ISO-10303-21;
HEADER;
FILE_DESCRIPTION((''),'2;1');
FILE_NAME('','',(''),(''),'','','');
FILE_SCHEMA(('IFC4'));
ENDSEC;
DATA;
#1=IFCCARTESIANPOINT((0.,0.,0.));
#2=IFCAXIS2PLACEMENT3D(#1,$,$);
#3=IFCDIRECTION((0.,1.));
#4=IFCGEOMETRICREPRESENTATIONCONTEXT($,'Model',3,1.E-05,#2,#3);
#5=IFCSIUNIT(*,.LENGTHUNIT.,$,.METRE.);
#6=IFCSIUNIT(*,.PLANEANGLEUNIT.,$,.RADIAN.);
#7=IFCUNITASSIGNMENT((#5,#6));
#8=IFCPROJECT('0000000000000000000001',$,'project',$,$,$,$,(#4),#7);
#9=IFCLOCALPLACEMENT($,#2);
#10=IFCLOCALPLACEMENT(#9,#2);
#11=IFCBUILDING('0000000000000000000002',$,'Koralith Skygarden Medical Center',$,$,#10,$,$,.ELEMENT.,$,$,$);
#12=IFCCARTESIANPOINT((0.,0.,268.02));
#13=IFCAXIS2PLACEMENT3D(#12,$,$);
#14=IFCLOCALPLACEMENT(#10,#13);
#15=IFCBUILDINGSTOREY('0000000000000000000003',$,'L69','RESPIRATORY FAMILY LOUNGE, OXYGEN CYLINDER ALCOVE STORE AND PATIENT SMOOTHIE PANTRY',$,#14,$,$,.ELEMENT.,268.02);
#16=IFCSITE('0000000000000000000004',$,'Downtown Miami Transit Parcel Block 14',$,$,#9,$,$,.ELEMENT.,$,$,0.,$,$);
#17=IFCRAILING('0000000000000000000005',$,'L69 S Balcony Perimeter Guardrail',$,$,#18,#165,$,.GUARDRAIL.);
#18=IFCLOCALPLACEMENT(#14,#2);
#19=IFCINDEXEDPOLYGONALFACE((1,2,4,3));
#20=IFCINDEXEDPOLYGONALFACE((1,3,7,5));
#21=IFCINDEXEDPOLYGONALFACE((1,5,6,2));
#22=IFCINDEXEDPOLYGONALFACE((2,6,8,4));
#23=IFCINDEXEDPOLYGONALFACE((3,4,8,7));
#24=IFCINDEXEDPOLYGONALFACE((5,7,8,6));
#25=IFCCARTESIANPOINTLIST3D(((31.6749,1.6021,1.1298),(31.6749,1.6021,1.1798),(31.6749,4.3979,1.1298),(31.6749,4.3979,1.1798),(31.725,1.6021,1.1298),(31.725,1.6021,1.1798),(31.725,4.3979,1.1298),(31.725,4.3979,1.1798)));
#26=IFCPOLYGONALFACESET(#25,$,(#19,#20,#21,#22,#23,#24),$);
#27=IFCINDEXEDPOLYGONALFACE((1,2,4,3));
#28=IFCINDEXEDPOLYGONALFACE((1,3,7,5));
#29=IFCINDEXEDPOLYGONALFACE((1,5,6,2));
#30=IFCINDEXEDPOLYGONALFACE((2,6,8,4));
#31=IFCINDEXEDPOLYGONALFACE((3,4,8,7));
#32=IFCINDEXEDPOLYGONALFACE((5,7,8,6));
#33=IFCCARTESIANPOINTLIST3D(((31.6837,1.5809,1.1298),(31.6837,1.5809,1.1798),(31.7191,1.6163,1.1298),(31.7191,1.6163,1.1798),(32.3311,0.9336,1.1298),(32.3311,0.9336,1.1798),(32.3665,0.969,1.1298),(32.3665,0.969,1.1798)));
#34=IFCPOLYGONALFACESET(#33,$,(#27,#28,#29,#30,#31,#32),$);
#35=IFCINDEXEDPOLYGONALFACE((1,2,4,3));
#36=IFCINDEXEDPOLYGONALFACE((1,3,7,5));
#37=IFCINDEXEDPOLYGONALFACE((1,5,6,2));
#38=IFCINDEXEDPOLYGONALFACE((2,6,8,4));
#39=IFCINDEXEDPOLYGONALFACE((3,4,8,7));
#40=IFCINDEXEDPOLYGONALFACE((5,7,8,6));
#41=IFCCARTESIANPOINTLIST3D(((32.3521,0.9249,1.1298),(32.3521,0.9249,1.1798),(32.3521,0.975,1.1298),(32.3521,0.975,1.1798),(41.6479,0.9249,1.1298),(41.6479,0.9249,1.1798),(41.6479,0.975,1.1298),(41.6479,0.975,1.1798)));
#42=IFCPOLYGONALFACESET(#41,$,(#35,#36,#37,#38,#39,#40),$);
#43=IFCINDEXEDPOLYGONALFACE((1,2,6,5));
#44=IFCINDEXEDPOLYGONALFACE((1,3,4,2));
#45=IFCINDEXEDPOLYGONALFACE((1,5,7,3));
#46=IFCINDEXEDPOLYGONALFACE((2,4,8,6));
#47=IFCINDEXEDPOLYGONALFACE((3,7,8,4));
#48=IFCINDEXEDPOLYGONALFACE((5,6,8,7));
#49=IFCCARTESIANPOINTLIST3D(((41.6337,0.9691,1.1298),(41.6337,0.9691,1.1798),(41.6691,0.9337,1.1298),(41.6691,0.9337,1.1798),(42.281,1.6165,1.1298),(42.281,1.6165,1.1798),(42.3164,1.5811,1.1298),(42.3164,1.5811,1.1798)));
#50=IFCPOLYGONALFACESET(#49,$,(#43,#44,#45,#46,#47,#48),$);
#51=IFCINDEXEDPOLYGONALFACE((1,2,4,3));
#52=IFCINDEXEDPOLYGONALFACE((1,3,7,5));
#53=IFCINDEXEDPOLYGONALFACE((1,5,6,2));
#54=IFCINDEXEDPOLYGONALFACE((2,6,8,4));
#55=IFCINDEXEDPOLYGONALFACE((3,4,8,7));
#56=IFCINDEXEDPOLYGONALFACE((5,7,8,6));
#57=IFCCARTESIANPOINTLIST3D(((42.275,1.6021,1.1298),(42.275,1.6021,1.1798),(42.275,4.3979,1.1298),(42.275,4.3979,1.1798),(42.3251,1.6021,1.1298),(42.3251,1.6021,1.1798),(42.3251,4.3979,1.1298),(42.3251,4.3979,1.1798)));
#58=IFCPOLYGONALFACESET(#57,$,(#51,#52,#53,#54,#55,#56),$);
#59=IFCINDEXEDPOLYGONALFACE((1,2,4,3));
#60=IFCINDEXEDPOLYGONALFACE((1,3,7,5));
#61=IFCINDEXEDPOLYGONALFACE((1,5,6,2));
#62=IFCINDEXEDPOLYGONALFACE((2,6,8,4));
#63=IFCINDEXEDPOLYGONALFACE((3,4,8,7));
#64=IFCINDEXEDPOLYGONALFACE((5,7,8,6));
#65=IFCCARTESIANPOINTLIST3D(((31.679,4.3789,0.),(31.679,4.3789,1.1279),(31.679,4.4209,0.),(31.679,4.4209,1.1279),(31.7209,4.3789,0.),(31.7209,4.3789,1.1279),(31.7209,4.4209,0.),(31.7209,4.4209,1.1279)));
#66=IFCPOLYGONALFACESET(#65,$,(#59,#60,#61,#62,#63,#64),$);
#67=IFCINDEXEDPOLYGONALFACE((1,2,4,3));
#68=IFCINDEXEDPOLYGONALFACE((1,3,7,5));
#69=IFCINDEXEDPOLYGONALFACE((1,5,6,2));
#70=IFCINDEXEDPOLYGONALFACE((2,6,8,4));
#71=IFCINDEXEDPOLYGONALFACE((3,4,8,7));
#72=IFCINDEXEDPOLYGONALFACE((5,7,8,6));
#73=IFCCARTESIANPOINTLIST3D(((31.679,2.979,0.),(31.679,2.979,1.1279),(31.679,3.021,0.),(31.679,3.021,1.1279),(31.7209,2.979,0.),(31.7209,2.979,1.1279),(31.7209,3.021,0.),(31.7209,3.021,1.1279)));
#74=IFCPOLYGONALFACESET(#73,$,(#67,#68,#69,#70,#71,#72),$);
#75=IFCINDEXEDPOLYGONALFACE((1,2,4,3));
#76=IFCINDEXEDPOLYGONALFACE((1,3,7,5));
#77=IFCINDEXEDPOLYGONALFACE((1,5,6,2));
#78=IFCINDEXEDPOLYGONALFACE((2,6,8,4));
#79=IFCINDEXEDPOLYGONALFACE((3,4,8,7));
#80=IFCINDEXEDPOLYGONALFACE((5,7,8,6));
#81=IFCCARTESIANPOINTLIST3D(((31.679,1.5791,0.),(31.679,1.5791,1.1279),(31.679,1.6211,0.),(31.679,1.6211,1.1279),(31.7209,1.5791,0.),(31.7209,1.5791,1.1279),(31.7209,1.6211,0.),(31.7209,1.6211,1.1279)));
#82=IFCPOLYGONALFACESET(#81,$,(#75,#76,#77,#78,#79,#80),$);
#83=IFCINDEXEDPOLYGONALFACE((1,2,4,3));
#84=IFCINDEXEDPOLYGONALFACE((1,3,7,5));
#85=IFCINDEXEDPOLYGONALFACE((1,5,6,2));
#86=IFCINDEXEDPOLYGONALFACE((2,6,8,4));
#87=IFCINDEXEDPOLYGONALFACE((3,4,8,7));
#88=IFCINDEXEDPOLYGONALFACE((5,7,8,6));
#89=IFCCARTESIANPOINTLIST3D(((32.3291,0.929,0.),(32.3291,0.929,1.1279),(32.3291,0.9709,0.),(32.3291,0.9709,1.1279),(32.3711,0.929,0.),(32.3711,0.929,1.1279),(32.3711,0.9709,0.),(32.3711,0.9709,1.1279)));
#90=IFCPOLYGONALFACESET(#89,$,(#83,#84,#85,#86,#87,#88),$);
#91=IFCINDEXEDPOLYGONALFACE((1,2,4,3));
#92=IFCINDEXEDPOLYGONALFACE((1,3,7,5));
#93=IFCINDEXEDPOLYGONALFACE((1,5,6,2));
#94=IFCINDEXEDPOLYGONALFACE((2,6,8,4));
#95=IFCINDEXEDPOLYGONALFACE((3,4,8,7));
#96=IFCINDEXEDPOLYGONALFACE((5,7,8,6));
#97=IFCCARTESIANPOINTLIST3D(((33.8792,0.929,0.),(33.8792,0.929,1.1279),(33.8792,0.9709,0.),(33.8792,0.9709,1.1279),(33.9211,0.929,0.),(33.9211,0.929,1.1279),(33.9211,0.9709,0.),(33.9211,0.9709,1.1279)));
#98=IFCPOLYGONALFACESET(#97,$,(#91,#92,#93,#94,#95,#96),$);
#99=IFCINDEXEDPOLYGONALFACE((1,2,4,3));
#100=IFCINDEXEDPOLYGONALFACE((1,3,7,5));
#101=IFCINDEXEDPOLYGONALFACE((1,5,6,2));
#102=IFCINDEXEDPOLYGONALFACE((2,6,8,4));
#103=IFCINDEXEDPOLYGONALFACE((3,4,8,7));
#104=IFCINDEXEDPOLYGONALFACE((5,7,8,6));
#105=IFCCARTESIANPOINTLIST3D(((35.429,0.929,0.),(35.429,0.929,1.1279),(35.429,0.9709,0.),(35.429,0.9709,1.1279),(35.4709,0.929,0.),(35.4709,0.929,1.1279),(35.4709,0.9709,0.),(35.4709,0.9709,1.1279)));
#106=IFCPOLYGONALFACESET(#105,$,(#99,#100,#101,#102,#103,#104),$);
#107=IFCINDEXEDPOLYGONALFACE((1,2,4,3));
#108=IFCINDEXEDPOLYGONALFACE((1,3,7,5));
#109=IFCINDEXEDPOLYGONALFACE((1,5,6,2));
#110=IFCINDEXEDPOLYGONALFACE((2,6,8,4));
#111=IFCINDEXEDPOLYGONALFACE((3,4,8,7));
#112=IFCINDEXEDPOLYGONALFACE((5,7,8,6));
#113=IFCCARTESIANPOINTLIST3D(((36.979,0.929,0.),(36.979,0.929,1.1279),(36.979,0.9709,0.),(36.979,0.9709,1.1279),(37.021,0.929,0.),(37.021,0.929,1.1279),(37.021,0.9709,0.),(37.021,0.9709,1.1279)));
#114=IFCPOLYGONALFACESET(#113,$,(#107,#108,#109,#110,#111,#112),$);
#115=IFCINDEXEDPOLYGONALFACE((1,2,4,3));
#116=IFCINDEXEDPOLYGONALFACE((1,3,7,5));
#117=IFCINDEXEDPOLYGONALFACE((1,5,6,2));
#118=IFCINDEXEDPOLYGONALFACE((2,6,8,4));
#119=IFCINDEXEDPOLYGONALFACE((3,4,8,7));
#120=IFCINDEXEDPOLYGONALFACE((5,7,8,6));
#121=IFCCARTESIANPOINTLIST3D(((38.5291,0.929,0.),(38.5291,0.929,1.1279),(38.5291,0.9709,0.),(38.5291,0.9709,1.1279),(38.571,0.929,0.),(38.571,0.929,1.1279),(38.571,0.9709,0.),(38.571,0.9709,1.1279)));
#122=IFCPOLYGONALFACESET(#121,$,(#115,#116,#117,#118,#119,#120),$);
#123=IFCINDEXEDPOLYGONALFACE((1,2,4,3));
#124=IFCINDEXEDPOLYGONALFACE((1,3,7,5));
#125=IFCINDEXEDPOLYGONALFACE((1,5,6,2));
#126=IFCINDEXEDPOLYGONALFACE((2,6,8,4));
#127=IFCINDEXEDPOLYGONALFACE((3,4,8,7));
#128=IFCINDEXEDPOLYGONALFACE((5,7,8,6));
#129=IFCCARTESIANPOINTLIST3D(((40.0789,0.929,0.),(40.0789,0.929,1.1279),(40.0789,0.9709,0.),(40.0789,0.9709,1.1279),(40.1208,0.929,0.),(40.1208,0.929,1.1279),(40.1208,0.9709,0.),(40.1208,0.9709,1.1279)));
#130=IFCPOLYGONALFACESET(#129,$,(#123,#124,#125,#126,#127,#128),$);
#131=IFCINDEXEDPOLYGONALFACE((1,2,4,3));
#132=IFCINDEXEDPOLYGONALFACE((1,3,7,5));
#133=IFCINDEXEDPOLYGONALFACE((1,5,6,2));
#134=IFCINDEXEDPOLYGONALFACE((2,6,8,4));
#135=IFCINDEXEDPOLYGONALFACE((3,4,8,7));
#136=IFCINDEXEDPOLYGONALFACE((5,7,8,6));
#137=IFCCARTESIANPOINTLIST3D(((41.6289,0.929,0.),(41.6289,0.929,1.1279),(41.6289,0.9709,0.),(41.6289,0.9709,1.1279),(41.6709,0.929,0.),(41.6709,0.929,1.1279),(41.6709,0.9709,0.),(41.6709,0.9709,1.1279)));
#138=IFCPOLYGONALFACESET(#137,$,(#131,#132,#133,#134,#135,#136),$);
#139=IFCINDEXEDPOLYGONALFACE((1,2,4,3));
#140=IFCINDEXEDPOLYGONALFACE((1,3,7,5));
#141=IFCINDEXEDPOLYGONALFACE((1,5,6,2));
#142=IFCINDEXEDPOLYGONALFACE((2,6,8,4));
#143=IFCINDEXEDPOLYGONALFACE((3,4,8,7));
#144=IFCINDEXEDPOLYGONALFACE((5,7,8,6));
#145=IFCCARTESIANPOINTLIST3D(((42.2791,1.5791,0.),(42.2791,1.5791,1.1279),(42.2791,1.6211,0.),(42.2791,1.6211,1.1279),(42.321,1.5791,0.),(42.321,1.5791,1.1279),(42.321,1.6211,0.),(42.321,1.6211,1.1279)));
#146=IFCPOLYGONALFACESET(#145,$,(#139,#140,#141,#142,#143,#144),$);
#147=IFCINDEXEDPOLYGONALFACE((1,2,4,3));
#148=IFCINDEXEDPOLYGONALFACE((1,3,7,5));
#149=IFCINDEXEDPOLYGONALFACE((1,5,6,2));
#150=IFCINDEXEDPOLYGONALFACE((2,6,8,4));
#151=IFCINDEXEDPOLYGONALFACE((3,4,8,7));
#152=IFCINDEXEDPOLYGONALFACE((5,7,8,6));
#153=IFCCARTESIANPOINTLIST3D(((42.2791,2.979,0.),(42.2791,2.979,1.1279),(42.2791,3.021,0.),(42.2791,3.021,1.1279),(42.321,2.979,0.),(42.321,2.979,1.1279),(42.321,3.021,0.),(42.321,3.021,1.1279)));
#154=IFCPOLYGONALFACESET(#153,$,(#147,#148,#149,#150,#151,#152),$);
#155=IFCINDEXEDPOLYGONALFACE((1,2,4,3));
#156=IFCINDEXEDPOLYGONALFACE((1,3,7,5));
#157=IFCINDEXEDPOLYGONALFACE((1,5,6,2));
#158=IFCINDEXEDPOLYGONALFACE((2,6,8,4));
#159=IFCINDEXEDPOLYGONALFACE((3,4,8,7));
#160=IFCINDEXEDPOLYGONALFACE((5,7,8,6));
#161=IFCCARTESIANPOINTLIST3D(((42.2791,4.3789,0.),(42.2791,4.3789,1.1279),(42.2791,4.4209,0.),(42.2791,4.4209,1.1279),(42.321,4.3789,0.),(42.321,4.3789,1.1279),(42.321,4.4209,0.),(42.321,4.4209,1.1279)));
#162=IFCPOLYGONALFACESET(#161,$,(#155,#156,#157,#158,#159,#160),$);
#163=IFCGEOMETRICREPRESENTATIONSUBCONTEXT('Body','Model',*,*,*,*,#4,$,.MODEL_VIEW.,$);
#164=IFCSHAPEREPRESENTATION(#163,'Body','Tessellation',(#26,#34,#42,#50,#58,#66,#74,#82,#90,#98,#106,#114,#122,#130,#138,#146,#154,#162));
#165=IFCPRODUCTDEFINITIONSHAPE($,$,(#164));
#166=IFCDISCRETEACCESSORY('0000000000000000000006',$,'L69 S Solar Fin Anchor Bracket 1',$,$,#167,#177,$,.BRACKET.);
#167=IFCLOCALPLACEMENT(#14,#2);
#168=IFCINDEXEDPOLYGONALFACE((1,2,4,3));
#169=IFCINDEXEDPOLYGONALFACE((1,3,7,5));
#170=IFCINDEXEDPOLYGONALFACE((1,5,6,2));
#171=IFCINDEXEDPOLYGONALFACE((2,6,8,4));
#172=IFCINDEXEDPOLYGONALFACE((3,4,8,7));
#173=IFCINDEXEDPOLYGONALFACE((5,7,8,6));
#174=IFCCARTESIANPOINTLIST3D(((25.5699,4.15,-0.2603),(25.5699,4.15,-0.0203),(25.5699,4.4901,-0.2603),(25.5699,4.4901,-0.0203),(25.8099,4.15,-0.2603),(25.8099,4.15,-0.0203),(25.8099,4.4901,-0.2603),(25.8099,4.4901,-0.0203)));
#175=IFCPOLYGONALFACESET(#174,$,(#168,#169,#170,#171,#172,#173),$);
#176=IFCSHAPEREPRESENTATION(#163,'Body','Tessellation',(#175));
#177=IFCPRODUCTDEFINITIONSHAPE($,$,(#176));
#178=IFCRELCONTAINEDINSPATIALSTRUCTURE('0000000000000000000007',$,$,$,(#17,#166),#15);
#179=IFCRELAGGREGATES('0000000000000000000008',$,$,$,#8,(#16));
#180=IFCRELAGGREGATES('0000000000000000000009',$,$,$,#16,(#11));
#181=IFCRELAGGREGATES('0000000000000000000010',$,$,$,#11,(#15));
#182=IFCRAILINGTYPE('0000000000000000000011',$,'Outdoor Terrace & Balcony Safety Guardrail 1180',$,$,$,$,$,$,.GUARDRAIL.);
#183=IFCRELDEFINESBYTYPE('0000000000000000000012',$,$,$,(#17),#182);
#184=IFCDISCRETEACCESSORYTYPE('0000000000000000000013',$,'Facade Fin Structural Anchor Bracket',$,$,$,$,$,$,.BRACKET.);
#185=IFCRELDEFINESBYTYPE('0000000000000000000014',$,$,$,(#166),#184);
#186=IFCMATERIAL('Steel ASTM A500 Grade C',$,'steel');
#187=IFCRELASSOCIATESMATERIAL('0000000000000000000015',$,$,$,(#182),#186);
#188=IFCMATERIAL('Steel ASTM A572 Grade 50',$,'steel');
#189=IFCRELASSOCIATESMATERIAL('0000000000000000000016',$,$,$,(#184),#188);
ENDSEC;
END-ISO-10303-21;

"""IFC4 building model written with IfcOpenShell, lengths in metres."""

from ifc_helpers import new_model, si_unit, direction, frame, origin, origin_2d, place, context, subcontext, project, spatial, rectangle, extrude, material, type_object, element, save


model = new_model("IFC4")

# Units and contexts
model_context = context("Model", 3, precision=1e-05, world=origin(), true_north=direction((0.0, 1.0)))
body_context = subcontext(model_context, "Body", "Model", "MODEL_VIEW")
ifc_project = project(units=[si_unit("LENGTHUNIT", "METRE"), si_unit("PLANEANGLEUNIT", "RADIAN")], contexts=[model_context])

# Site, building, storey
site_placement = place(None, origin())
site = spatial("IfcSite", under=ifc_project, at=site_placement, Name="Downtown Miami Transit Parcel Block 14", CompositionType="ELEMENT", RefElevation=0.0)
building_placement = place(site_placement, origin())
building = spatial("IfcBuilding", under=site, at=building_placement, Name="Koralith Skygarden Medical Center", CompositionType="ELEMENT")
storey_placement = place(building_placement, frame((0.0, 0.0, 268.02)))
storey = spatial("IfcBuildingStorey", under=building, at=storey_placement, Name="L69", Description="RESPIRATORY FAMILY LOUNGE, OXYGEN CYLINDER ALCOVE STORE AND PATIENT SMOOTHIE PANTRY", CompositionType="ELEMENT", Elevation=268.02)

# Railing
ifc_material_1 = material(Name="Steel ASTM A500 Grade C", Category="steel")
railing_type = type_object("IfcRailingType", Name="Outdoor Terrace & Balcony Safety Guardrail 1180", PredefinedType="GUARDRAIL", material=ifc_material_1)
railing_placement = place(storey_placement, frame((31.7, 4.3999, 0.0)))
element("IfcRailing", 1, at=railing_placement, inside=storey, type_object=railing_type, Name="L69 S Balcony Perimeter Guardrail", PredefinedType="GUARDRAIL", context=body_context, shape_type="SweptSolid", body=[
    extrude(rectangle(XDim=0.05, YDim=0.05, at=origin_2d()), frame((0.0, -0.002, 1.1548), z_axis=(0.0, -1.0, 0.0), x_axis=(1.0, 0.0, 0.0)), (0.0, 0.0, 1.0), 2.7959),
    extrude(rectangle(XDim=0.05, YDim=0.05, at=origin_2d()), frame((0.0015, -2.8013, 1.1548), z_axis=(0.707107, -0.707107, 0.0), x_axis=(0.707107, 0.707107, 0.0)), (0.0, 0.0, 1.0), 0.9155),
    extrude(rectangle(XDim=0.05, YDim=0.05, at=origin_2d()), frame((0.6521, -3.45, 1.1548), z_axis=(1.0, 0.0, 0.0), x_axis=(0.0, 1.0, 0.0)), (0.0, 0.0, 1.0), 9.2959),
    extrude(rectangle(XDim=0.05, YDim=0.05, at=origin_2d()), frame((9.9514, -3.4485, 1.1548), z_axis=(0.707107, 0.707107, 0.0), x_axis=(-0.707107, 0.707107, 0.0)), (0.0, 0.0, 1.0), 0.9155),
    extrude(rectangle(XDim=0.05, YDim=0.05, at=origin_2d()), frame((10.6001, -2.7979, 1.1548), z_axis=(0.0, 1.0, 0.0), x_axis=(-1.0, 0.0, 0.0)), (0.0, 0.0, 1.0), 2.7959),
    extrude(rectangle(XDim=0.042, YDim=0.042, at=origin_2d()), origin(), (0.0, 0.0, 1.0), 1.1279),
    extrude(rectangle(XDim=0.042, YDim=0.042, at=origin_2d()), frame((0.0, -1.3999, 0.0)), (0.0, 0.0, 1.0), 1.1279),
    extrude(rectangle(XDim=0.042, YDim=0.042, at=origin_2d()), frame((0.0, -2.7998, 0.0)), (0.0, 0.0, 1.0), 1.1279),
    extrude(rectangle(XDim=0.042, YDim=0.042, at=origin_2d()), frame((0.6501, -3.45, 0.0)), (0.0, 0.0, 1.0), 1.1279),
    extrude(rectangle(XDim=0.042, YDim=0.042, at=origin_2d()), frame((2.2002, -3.45, 0.0)), (0.0, 0.0, 1.0), 1.1279),
    extrude(rectangle(XDim=0.042, YDim=0.042, at=origin_2d()), frame((3.75, -3.45, 0.0)), (0.0, 0.0, 1.0), 1.1279),
    extrude(rectangle(XDim=0.042, YDim=0.042, at=origin_2d()), frame((5.3, -3.45, 0.0)), (0.0, 0.0, 1.0), 1.1279),
    extrude(rectangle(XDim=0.042, YDim=0.042, at=origin_2d()), frame((6.8501, -3.45, 0.0)), (0.0, 0.0, 1.0), 1.1279),
    extrude(rectangle(XDim=0.042, YDim=0.042, at=origin_2d()), frame((8.3999, -3.45, 0.0)), (0.0, 0.0, 1.0), 1.1279),
    extrude(rectangle(XDim=0.042, YDim=0.042, at=origin_2d()), frame((9.95, -3.45, 0.0)), (0.0, 0.0, 1.0), 1.1279),
    extrude(rectangle(XDim=0.042, YDim=0.042, at=origin_2d()), frame((10.6001, -2.7998, 0.0)), (0.0, 0.0, 1.0), 1.1279),
    extrude(rectangle(XDim=0.042, YDim=0.042, at=origin_2d()), frame((10.6001, -1.3999, 0.0)), (0.0, 0.0, 1.0), 1.1279),
    extrude(rectangle(XDim=0.042, YDim=0.042, at=origin_2d()), frame((10.6001, 0.0, 0.0)), (0.0, 0.0, 1.0), 1.1279),
])

# Discrete accessory
ifc_material_2 = material(Name="Steel ASTM A572 Grade 50", Category="steel")
discrete_accessory_type = type_object("IfcDiscreteAccessoryType", Name="Facade Fin Structural Anchor Bracket", PredefinedType="BRACKET", material=ifc_material_2)
discrete_accessory_placement = place(storey_placement, frame((25.6899, 4.3201, -0.2603), z_axis=(0.0, 0.0, 1.0), x_axis=(0.0, -1.0, 0.0)))
element("IfcDiscreteAccessory", 2, at=discrete_accessory_placement, inside=storey, type_object=discrete_accessory_type, Name="L69 S Solar Fin Anchor Bracket 1", PredefinedType="BRACKET", context=body_context, shape_type="SweptSolid", body=[
    extrude(rectangle(XDim=0.3401, YDim=0.24, at=origin_2d()), origin(), (0.0, 0.0, 1.0), 0.24),
])

save(model, "model.ifc")
